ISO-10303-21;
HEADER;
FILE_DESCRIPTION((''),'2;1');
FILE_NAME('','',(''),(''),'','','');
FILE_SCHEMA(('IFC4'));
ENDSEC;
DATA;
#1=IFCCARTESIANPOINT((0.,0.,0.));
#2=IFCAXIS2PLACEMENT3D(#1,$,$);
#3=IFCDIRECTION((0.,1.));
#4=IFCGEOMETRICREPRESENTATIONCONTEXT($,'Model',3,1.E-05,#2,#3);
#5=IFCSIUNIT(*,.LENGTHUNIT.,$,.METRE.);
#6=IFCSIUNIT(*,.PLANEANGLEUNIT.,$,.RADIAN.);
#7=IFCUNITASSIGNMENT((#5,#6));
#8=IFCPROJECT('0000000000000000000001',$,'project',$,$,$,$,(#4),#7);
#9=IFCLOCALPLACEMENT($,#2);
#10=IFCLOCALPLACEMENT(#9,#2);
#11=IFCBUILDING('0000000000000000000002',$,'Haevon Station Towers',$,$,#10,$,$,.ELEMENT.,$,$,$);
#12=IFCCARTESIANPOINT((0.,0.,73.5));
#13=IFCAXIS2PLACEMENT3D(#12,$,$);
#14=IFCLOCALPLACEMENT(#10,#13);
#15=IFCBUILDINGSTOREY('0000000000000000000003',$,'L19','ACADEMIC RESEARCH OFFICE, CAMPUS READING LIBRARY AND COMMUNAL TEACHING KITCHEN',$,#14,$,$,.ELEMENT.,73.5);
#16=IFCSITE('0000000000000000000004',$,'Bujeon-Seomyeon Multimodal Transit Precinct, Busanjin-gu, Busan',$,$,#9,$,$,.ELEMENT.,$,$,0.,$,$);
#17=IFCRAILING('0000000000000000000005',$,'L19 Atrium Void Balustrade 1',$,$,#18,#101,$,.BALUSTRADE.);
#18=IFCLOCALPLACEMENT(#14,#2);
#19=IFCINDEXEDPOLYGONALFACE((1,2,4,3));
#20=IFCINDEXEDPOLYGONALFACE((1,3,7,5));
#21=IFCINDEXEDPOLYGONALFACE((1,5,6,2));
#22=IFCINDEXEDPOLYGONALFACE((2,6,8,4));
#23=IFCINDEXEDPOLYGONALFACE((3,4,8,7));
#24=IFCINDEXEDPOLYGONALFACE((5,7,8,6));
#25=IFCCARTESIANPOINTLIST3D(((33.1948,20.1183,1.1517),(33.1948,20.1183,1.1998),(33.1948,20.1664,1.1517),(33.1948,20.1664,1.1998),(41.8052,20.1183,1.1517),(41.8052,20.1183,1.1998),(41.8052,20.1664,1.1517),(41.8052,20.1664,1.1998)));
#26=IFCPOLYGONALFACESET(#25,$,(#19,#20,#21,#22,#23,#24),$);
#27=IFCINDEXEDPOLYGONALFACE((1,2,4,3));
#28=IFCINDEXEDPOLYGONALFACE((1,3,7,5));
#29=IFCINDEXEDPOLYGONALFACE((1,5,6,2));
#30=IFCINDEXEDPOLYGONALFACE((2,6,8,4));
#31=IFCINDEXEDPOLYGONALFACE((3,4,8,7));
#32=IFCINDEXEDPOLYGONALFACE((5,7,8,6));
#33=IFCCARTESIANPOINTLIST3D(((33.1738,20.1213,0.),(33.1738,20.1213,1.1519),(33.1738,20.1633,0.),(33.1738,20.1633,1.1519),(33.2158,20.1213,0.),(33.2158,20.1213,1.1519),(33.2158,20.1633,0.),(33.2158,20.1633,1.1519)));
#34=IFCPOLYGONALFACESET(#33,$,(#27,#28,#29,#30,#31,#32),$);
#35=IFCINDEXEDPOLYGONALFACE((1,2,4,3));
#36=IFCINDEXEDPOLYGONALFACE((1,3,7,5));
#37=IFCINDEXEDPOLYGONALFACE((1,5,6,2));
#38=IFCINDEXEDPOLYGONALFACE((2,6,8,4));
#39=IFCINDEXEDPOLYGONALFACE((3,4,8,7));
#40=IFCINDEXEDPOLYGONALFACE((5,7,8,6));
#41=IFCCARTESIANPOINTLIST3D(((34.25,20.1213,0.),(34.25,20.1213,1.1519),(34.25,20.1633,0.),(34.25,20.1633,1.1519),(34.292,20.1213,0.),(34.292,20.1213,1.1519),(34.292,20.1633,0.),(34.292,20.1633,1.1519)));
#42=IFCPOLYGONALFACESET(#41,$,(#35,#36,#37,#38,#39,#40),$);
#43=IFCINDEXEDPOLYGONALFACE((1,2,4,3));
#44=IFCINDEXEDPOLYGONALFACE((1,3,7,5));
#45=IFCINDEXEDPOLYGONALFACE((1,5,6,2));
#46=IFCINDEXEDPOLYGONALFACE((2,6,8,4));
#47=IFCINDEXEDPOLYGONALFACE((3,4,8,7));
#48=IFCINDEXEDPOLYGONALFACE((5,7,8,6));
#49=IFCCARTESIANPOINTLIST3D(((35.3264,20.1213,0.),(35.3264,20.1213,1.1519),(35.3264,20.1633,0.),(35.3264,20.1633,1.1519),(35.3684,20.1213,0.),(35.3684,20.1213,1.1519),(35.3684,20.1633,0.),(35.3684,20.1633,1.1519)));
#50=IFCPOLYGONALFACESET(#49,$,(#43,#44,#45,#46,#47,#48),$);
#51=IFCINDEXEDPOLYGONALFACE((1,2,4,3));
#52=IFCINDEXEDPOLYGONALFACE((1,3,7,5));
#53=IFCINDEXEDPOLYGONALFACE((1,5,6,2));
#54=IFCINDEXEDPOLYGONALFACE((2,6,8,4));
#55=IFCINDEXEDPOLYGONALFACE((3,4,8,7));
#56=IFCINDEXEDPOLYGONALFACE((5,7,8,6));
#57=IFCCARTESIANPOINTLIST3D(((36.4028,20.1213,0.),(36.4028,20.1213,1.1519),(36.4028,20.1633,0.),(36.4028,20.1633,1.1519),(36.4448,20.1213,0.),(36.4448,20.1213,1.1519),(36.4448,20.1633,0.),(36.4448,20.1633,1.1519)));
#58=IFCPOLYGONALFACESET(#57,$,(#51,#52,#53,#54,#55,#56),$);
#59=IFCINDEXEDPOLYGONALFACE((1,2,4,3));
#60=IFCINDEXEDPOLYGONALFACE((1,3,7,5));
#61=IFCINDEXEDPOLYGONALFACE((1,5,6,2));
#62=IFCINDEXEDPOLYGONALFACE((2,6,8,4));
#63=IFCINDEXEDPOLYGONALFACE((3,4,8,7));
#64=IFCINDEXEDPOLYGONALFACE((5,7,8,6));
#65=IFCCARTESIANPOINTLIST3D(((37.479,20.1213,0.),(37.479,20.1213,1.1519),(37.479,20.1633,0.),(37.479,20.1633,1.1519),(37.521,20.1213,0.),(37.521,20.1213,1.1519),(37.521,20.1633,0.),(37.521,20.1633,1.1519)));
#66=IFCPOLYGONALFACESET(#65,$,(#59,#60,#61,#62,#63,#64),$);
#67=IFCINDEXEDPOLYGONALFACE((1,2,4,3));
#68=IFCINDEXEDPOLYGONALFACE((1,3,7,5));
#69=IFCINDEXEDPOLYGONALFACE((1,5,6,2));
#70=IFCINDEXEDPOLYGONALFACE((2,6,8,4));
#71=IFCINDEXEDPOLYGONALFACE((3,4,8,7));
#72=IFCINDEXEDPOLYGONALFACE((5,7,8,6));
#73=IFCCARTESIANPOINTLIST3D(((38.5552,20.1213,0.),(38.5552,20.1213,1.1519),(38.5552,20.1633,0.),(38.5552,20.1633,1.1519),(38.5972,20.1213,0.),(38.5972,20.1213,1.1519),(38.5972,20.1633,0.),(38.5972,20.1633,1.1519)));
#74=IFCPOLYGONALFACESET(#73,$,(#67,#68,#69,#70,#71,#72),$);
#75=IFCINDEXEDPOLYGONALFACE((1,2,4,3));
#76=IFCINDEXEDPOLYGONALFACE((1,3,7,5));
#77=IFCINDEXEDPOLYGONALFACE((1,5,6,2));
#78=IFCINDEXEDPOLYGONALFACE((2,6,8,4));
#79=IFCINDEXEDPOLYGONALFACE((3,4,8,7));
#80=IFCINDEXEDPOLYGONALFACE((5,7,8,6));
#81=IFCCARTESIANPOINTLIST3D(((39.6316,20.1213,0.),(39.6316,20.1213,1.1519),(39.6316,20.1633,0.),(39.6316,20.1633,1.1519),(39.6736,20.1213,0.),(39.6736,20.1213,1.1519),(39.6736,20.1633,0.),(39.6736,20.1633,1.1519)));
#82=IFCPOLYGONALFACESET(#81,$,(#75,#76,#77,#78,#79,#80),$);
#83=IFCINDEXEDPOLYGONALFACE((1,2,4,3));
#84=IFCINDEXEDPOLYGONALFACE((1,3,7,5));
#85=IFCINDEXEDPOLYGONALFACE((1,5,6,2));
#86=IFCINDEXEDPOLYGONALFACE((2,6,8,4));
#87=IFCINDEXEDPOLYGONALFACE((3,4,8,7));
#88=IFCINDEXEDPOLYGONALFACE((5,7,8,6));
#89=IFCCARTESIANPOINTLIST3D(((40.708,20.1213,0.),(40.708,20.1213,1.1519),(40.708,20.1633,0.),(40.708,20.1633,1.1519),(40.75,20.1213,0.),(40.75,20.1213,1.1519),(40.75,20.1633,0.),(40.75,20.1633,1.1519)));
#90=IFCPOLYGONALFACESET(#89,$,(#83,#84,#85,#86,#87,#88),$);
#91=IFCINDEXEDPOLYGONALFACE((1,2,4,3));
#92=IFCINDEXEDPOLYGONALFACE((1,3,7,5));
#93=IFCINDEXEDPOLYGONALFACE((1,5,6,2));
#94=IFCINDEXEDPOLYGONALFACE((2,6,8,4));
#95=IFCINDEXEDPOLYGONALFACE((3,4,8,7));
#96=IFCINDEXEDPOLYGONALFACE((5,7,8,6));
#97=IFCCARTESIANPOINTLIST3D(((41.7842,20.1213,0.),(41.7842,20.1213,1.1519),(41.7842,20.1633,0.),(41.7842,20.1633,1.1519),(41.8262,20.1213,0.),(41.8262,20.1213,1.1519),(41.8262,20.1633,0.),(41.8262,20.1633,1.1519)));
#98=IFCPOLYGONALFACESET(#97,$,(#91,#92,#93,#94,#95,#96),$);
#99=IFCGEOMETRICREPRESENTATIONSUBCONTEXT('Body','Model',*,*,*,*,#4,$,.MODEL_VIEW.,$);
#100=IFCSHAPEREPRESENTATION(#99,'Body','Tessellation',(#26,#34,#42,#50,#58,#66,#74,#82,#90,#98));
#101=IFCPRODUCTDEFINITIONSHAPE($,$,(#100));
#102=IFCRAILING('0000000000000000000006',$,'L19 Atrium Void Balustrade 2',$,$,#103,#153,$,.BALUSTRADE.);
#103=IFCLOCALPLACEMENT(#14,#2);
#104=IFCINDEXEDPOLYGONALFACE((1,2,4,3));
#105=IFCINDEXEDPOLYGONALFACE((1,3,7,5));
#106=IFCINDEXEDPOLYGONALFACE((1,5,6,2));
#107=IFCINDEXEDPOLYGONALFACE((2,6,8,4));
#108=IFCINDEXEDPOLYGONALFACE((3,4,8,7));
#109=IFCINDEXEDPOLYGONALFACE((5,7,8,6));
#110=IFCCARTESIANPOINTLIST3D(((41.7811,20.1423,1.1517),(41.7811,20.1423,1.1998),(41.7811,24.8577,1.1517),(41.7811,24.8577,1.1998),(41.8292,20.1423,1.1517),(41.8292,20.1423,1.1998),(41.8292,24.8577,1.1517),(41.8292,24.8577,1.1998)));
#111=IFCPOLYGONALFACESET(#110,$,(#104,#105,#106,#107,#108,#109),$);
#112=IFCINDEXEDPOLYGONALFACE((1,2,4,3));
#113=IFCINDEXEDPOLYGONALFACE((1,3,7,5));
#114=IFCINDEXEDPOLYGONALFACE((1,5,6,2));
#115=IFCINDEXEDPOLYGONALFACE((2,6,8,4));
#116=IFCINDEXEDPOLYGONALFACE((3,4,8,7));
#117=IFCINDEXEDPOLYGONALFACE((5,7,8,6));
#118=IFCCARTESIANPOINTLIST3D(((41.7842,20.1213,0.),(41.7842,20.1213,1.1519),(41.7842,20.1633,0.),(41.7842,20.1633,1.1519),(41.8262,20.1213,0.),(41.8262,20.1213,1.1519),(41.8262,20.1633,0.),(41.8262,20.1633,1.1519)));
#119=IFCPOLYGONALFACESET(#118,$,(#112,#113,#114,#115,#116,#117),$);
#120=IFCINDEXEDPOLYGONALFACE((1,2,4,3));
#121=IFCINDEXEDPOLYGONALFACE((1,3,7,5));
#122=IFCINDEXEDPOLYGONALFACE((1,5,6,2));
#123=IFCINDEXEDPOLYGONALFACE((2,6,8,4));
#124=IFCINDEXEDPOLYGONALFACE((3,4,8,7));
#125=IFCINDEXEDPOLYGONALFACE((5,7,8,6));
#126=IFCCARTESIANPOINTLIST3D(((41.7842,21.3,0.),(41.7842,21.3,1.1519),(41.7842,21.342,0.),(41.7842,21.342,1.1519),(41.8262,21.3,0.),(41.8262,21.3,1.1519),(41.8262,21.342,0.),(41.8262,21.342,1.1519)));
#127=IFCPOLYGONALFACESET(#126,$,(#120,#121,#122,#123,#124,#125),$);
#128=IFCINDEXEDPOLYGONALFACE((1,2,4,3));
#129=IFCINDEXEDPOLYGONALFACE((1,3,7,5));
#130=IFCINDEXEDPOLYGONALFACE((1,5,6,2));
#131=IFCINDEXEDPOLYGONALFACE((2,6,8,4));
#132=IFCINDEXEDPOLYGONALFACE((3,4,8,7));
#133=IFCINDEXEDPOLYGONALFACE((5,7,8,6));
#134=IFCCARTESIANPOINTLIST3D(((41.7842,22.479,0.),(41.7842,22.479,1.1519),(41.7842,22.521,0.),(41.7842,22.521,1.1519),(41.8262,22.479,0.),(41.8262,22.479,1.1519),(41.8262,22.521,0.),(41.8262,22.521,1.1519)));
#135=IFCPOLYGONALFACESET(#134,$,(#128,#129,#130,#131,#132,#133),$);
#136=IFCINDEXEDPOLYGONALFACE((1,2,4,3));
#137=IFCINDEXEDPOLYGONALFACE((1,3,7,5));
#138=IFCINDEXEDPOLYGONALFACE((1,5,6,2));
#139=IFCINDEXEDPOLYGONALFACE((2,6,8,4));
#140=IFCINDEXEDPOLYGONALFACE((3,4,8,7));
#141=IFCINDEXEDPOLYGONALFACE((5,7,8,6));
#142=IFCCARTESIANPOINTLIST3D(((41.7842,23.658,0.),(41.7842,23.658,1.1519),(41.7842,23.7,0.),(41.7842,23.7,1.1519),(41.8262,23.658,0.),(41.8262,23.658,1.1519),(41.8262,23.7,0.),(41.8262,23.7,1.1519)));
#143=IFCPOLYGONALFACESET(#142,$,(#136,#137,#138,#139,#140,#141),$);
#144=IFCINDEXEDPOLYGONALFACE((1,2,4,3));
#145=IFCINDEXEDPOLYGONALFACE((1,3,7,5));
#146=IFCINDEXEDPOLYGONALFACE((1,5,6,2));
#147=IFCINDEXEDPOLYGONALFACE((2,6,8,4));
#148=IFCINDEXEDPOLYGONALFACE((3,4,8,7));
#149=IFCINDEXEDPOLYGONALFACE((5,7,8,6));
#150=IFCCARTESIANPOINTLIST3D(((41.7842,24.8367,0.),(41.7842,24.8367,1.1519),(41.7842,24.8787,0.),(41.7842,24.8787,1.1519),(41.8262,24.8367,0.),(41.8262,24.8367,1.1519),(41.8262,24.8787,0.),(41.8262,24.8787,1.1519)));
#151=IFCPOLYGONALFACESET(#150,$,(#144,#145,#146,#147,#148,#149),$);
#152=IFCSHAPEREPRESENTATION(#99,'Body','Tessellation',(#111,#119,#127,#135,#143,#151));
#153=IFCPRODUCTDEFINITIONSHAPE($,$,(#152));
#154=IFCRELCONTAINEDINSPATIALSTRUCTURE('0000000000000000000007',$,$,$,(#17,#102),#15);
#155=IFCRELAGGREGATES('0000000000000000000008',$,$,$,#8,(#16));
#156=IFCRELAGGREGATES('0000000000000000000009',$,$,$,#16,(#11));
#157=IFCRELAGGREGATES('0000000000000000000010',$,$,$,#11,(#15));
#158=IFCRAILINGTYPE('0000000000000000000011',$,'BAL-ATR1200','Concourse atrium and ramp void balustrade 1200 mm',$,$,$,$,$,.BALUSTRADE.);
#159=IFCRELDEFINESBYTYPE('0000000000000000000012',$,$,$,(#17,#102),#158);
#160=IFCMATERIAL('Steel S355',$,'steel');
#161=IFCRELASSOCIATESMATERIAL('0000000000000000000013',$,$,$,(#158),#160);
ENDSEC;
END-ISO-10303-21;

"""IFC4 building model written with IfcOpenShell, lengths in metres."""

from ifc_helpers import new_model, si_unit, direction, frame, origin, origin_2d, place, context, subcontext, project, spatial, rectangle, extrude, material, type_object, element, save


model = new_model("IFC4")

# Units and contexts
model_context = context("Model", 3, precision=1e-05, world=origin(), true_north=direction((0.0, 1.0)))
body_context = subcontext(model_context, "Body", "Model", "MODEL_VIEW")
ifc_project = project(units=[si_unit("LENGTHUNIT", "METRE"), si_unit("PLANEANGLEUNIT", "RADIAN")], contexts=[model_context])

# Site, building, storey
site_placement = place(None, origin())
site = spatial("IfcSite", under=ifc_project, at=site_placement, Name="Bujeon-Seomyeon Multimodal Transit Precinct, Busanjin-gu, Busan", CompositionType="ELEMENT", RefElevation=0.0)
building_placement = place(site_placement, origin())
building = spatial("IfcBuilding", under=site, at=building_placement, Name="Haevon Station Towers", CompositionType="ELEMENT")
storey_placement = place(building_placement, frame((0.0, 0.0, 73.5)))
storey = spatial("IfcBuildingStorey", under=building, at=storey_placement, Name="L19", Description="ACADEMIC RESEARCH OFFICE, CAMPUS READING LIBRARY AND COMMUNAL TEACHING KITCHEN", CompositionType="ELEMENT", Elevation=73.5)

# Shared definitions
ifc_material_1 = material(Name="Steel S355", Category="steel")

# Railings
railing_type = type_object("IfcRailingType", Name="BAL-ATR1200", Description="Concourse atrium and ramp void balustrade 1200 mm", PredefinedType="BALUSTRADE", material=ifc_material_1)
railing_1_placement = place(storey_placement, frame((33.1948, 20.1423, 0.0)))
element("IfcRailing", 1, at=railing_1_placement, inside=storey, type_object=railing_type, Name="L19 Atrium Void Balustrade 1", PredefinedType="BALUSTRADE", context=body_context, shape_type="SweptSolid", body=[
    extrude(rectangle(XDim=0.0481, YDim=0.0481, at=origin_2d()), frame((0.0, 0.0, 1.1758), z_axis=(1.0, 0.0, 0.0), x_axis=(0.0, 1.0, 0.0)), (0.0, 0.0, 1.0), 8.6104),
    extrude(rectangle(XDim=0.042, YDim=0.042, at=origin_2d()), origin(), (0.0, 0.0, 1.0), 1.1519),
    extrude(rectangle(XDim=0.042, YDim=0.042, at=origin_2d()), frame((1.0762, 0.0, 0.0)), (0.0, 0.0, 1.0), 1.1519),
    extrude(rectangle(XDim=0.042, YDim=0.042, at=origin_2d()), frame((2.1526, 0.0, 0.0)), (0.0, 0.0, 1.0), 1.1519),
    extrude(rectangle(XDim=0.042, YDim=0.042, at=origin_2d()), frame((3.229, 0.0, 0.0)), (0.0, 0.0, 1.0), 1.1519),
    extrude(rectangle(XDim=0.042, YDim=0.042, at=origin_2d()), frame((4.3052, 0.0, 0.0)), (0.0, 0.0, 1.0), 1.1519),
    extrude(rectangle(XDim=0.042, YDim=0.042, at=origin_2d()), frame((5.3813, 0.0, 0.0)), (0.0, 0.0, 1.0), 1.1519),
    extrude(rectangle(XDim=0.042, YDim=0.042, at=origin_2d()), frame((6.4578, 0.0, 0.0)), (0.0, 0.0, 1.0), 1.1519),
    extrude(rectangle(XDim=0.042, YDim=0.042, at=origin_2d()), frame((7.5342, 0.0, 0.0)), (0.0, 0.0, 1.0), 1.1519),
    extrude(rectangle(XDim=0.042, YDim=0.042, at=origin_2d()), frame((8.6104, 0.0, 0.0)), (0.0, 0.0, 1.0), 1.1519),
])
railing_2_placement = place(storey_placement, frame((41.8052, 20.1423, 0.0)))
element("IfcRailing", 2, at=railing_2_placement, inside=storey, type_object=railing_type, Name="L19 Atrium Void Balustrade 2", PredefinedType="BALUSTRADE", context=body_context, shape_type="SweptSolid", body=[
    extrude(rectangle(XDim=0.0481, YDim=0.0481, at=origin_2d()), frame((0.0, 0.0, 1.1758), z_axis=(0.0, 1.0, 0.0), x_axis=(-1.0, 0.0, 0.0)), (0.0, 0.0, 1.0), 4.7153),
    extrude(rectangle(XDim=0.042, YDim=0.042, at=origin_2d()), origin(), (0.0, 0.0, 1.0), 1.1519),
    extrude(rectangle(XDim=0.042, YDim=0.042, at=origin_2d()), frame((0.0, 1.1787, 0.0)), (0.0, 0.0, 1.0), 1.1519),
    extrude(rectangle(XDim=0.042, YDim=0.042, at=origin_2d()), frame((0.0, 2.3577, 0.0)), (0.0, 0.0, 1.0), 1.1519),
    extrude(rectangle(XDim=0.042, YDim=0.042, at=origin_2d()), frame((0.0, 3.5366, 0.0)), (0.0, 0.0, 1.0), 1.1519),
    extrude(rectangle(XDim=0.042, YDim=0.042, at=origin_2d()), frame((0.0, 4.7153, 0.0)), (0.0, 0.0, 1.0), 1.1519),
])

save(model, "model.ifc")
